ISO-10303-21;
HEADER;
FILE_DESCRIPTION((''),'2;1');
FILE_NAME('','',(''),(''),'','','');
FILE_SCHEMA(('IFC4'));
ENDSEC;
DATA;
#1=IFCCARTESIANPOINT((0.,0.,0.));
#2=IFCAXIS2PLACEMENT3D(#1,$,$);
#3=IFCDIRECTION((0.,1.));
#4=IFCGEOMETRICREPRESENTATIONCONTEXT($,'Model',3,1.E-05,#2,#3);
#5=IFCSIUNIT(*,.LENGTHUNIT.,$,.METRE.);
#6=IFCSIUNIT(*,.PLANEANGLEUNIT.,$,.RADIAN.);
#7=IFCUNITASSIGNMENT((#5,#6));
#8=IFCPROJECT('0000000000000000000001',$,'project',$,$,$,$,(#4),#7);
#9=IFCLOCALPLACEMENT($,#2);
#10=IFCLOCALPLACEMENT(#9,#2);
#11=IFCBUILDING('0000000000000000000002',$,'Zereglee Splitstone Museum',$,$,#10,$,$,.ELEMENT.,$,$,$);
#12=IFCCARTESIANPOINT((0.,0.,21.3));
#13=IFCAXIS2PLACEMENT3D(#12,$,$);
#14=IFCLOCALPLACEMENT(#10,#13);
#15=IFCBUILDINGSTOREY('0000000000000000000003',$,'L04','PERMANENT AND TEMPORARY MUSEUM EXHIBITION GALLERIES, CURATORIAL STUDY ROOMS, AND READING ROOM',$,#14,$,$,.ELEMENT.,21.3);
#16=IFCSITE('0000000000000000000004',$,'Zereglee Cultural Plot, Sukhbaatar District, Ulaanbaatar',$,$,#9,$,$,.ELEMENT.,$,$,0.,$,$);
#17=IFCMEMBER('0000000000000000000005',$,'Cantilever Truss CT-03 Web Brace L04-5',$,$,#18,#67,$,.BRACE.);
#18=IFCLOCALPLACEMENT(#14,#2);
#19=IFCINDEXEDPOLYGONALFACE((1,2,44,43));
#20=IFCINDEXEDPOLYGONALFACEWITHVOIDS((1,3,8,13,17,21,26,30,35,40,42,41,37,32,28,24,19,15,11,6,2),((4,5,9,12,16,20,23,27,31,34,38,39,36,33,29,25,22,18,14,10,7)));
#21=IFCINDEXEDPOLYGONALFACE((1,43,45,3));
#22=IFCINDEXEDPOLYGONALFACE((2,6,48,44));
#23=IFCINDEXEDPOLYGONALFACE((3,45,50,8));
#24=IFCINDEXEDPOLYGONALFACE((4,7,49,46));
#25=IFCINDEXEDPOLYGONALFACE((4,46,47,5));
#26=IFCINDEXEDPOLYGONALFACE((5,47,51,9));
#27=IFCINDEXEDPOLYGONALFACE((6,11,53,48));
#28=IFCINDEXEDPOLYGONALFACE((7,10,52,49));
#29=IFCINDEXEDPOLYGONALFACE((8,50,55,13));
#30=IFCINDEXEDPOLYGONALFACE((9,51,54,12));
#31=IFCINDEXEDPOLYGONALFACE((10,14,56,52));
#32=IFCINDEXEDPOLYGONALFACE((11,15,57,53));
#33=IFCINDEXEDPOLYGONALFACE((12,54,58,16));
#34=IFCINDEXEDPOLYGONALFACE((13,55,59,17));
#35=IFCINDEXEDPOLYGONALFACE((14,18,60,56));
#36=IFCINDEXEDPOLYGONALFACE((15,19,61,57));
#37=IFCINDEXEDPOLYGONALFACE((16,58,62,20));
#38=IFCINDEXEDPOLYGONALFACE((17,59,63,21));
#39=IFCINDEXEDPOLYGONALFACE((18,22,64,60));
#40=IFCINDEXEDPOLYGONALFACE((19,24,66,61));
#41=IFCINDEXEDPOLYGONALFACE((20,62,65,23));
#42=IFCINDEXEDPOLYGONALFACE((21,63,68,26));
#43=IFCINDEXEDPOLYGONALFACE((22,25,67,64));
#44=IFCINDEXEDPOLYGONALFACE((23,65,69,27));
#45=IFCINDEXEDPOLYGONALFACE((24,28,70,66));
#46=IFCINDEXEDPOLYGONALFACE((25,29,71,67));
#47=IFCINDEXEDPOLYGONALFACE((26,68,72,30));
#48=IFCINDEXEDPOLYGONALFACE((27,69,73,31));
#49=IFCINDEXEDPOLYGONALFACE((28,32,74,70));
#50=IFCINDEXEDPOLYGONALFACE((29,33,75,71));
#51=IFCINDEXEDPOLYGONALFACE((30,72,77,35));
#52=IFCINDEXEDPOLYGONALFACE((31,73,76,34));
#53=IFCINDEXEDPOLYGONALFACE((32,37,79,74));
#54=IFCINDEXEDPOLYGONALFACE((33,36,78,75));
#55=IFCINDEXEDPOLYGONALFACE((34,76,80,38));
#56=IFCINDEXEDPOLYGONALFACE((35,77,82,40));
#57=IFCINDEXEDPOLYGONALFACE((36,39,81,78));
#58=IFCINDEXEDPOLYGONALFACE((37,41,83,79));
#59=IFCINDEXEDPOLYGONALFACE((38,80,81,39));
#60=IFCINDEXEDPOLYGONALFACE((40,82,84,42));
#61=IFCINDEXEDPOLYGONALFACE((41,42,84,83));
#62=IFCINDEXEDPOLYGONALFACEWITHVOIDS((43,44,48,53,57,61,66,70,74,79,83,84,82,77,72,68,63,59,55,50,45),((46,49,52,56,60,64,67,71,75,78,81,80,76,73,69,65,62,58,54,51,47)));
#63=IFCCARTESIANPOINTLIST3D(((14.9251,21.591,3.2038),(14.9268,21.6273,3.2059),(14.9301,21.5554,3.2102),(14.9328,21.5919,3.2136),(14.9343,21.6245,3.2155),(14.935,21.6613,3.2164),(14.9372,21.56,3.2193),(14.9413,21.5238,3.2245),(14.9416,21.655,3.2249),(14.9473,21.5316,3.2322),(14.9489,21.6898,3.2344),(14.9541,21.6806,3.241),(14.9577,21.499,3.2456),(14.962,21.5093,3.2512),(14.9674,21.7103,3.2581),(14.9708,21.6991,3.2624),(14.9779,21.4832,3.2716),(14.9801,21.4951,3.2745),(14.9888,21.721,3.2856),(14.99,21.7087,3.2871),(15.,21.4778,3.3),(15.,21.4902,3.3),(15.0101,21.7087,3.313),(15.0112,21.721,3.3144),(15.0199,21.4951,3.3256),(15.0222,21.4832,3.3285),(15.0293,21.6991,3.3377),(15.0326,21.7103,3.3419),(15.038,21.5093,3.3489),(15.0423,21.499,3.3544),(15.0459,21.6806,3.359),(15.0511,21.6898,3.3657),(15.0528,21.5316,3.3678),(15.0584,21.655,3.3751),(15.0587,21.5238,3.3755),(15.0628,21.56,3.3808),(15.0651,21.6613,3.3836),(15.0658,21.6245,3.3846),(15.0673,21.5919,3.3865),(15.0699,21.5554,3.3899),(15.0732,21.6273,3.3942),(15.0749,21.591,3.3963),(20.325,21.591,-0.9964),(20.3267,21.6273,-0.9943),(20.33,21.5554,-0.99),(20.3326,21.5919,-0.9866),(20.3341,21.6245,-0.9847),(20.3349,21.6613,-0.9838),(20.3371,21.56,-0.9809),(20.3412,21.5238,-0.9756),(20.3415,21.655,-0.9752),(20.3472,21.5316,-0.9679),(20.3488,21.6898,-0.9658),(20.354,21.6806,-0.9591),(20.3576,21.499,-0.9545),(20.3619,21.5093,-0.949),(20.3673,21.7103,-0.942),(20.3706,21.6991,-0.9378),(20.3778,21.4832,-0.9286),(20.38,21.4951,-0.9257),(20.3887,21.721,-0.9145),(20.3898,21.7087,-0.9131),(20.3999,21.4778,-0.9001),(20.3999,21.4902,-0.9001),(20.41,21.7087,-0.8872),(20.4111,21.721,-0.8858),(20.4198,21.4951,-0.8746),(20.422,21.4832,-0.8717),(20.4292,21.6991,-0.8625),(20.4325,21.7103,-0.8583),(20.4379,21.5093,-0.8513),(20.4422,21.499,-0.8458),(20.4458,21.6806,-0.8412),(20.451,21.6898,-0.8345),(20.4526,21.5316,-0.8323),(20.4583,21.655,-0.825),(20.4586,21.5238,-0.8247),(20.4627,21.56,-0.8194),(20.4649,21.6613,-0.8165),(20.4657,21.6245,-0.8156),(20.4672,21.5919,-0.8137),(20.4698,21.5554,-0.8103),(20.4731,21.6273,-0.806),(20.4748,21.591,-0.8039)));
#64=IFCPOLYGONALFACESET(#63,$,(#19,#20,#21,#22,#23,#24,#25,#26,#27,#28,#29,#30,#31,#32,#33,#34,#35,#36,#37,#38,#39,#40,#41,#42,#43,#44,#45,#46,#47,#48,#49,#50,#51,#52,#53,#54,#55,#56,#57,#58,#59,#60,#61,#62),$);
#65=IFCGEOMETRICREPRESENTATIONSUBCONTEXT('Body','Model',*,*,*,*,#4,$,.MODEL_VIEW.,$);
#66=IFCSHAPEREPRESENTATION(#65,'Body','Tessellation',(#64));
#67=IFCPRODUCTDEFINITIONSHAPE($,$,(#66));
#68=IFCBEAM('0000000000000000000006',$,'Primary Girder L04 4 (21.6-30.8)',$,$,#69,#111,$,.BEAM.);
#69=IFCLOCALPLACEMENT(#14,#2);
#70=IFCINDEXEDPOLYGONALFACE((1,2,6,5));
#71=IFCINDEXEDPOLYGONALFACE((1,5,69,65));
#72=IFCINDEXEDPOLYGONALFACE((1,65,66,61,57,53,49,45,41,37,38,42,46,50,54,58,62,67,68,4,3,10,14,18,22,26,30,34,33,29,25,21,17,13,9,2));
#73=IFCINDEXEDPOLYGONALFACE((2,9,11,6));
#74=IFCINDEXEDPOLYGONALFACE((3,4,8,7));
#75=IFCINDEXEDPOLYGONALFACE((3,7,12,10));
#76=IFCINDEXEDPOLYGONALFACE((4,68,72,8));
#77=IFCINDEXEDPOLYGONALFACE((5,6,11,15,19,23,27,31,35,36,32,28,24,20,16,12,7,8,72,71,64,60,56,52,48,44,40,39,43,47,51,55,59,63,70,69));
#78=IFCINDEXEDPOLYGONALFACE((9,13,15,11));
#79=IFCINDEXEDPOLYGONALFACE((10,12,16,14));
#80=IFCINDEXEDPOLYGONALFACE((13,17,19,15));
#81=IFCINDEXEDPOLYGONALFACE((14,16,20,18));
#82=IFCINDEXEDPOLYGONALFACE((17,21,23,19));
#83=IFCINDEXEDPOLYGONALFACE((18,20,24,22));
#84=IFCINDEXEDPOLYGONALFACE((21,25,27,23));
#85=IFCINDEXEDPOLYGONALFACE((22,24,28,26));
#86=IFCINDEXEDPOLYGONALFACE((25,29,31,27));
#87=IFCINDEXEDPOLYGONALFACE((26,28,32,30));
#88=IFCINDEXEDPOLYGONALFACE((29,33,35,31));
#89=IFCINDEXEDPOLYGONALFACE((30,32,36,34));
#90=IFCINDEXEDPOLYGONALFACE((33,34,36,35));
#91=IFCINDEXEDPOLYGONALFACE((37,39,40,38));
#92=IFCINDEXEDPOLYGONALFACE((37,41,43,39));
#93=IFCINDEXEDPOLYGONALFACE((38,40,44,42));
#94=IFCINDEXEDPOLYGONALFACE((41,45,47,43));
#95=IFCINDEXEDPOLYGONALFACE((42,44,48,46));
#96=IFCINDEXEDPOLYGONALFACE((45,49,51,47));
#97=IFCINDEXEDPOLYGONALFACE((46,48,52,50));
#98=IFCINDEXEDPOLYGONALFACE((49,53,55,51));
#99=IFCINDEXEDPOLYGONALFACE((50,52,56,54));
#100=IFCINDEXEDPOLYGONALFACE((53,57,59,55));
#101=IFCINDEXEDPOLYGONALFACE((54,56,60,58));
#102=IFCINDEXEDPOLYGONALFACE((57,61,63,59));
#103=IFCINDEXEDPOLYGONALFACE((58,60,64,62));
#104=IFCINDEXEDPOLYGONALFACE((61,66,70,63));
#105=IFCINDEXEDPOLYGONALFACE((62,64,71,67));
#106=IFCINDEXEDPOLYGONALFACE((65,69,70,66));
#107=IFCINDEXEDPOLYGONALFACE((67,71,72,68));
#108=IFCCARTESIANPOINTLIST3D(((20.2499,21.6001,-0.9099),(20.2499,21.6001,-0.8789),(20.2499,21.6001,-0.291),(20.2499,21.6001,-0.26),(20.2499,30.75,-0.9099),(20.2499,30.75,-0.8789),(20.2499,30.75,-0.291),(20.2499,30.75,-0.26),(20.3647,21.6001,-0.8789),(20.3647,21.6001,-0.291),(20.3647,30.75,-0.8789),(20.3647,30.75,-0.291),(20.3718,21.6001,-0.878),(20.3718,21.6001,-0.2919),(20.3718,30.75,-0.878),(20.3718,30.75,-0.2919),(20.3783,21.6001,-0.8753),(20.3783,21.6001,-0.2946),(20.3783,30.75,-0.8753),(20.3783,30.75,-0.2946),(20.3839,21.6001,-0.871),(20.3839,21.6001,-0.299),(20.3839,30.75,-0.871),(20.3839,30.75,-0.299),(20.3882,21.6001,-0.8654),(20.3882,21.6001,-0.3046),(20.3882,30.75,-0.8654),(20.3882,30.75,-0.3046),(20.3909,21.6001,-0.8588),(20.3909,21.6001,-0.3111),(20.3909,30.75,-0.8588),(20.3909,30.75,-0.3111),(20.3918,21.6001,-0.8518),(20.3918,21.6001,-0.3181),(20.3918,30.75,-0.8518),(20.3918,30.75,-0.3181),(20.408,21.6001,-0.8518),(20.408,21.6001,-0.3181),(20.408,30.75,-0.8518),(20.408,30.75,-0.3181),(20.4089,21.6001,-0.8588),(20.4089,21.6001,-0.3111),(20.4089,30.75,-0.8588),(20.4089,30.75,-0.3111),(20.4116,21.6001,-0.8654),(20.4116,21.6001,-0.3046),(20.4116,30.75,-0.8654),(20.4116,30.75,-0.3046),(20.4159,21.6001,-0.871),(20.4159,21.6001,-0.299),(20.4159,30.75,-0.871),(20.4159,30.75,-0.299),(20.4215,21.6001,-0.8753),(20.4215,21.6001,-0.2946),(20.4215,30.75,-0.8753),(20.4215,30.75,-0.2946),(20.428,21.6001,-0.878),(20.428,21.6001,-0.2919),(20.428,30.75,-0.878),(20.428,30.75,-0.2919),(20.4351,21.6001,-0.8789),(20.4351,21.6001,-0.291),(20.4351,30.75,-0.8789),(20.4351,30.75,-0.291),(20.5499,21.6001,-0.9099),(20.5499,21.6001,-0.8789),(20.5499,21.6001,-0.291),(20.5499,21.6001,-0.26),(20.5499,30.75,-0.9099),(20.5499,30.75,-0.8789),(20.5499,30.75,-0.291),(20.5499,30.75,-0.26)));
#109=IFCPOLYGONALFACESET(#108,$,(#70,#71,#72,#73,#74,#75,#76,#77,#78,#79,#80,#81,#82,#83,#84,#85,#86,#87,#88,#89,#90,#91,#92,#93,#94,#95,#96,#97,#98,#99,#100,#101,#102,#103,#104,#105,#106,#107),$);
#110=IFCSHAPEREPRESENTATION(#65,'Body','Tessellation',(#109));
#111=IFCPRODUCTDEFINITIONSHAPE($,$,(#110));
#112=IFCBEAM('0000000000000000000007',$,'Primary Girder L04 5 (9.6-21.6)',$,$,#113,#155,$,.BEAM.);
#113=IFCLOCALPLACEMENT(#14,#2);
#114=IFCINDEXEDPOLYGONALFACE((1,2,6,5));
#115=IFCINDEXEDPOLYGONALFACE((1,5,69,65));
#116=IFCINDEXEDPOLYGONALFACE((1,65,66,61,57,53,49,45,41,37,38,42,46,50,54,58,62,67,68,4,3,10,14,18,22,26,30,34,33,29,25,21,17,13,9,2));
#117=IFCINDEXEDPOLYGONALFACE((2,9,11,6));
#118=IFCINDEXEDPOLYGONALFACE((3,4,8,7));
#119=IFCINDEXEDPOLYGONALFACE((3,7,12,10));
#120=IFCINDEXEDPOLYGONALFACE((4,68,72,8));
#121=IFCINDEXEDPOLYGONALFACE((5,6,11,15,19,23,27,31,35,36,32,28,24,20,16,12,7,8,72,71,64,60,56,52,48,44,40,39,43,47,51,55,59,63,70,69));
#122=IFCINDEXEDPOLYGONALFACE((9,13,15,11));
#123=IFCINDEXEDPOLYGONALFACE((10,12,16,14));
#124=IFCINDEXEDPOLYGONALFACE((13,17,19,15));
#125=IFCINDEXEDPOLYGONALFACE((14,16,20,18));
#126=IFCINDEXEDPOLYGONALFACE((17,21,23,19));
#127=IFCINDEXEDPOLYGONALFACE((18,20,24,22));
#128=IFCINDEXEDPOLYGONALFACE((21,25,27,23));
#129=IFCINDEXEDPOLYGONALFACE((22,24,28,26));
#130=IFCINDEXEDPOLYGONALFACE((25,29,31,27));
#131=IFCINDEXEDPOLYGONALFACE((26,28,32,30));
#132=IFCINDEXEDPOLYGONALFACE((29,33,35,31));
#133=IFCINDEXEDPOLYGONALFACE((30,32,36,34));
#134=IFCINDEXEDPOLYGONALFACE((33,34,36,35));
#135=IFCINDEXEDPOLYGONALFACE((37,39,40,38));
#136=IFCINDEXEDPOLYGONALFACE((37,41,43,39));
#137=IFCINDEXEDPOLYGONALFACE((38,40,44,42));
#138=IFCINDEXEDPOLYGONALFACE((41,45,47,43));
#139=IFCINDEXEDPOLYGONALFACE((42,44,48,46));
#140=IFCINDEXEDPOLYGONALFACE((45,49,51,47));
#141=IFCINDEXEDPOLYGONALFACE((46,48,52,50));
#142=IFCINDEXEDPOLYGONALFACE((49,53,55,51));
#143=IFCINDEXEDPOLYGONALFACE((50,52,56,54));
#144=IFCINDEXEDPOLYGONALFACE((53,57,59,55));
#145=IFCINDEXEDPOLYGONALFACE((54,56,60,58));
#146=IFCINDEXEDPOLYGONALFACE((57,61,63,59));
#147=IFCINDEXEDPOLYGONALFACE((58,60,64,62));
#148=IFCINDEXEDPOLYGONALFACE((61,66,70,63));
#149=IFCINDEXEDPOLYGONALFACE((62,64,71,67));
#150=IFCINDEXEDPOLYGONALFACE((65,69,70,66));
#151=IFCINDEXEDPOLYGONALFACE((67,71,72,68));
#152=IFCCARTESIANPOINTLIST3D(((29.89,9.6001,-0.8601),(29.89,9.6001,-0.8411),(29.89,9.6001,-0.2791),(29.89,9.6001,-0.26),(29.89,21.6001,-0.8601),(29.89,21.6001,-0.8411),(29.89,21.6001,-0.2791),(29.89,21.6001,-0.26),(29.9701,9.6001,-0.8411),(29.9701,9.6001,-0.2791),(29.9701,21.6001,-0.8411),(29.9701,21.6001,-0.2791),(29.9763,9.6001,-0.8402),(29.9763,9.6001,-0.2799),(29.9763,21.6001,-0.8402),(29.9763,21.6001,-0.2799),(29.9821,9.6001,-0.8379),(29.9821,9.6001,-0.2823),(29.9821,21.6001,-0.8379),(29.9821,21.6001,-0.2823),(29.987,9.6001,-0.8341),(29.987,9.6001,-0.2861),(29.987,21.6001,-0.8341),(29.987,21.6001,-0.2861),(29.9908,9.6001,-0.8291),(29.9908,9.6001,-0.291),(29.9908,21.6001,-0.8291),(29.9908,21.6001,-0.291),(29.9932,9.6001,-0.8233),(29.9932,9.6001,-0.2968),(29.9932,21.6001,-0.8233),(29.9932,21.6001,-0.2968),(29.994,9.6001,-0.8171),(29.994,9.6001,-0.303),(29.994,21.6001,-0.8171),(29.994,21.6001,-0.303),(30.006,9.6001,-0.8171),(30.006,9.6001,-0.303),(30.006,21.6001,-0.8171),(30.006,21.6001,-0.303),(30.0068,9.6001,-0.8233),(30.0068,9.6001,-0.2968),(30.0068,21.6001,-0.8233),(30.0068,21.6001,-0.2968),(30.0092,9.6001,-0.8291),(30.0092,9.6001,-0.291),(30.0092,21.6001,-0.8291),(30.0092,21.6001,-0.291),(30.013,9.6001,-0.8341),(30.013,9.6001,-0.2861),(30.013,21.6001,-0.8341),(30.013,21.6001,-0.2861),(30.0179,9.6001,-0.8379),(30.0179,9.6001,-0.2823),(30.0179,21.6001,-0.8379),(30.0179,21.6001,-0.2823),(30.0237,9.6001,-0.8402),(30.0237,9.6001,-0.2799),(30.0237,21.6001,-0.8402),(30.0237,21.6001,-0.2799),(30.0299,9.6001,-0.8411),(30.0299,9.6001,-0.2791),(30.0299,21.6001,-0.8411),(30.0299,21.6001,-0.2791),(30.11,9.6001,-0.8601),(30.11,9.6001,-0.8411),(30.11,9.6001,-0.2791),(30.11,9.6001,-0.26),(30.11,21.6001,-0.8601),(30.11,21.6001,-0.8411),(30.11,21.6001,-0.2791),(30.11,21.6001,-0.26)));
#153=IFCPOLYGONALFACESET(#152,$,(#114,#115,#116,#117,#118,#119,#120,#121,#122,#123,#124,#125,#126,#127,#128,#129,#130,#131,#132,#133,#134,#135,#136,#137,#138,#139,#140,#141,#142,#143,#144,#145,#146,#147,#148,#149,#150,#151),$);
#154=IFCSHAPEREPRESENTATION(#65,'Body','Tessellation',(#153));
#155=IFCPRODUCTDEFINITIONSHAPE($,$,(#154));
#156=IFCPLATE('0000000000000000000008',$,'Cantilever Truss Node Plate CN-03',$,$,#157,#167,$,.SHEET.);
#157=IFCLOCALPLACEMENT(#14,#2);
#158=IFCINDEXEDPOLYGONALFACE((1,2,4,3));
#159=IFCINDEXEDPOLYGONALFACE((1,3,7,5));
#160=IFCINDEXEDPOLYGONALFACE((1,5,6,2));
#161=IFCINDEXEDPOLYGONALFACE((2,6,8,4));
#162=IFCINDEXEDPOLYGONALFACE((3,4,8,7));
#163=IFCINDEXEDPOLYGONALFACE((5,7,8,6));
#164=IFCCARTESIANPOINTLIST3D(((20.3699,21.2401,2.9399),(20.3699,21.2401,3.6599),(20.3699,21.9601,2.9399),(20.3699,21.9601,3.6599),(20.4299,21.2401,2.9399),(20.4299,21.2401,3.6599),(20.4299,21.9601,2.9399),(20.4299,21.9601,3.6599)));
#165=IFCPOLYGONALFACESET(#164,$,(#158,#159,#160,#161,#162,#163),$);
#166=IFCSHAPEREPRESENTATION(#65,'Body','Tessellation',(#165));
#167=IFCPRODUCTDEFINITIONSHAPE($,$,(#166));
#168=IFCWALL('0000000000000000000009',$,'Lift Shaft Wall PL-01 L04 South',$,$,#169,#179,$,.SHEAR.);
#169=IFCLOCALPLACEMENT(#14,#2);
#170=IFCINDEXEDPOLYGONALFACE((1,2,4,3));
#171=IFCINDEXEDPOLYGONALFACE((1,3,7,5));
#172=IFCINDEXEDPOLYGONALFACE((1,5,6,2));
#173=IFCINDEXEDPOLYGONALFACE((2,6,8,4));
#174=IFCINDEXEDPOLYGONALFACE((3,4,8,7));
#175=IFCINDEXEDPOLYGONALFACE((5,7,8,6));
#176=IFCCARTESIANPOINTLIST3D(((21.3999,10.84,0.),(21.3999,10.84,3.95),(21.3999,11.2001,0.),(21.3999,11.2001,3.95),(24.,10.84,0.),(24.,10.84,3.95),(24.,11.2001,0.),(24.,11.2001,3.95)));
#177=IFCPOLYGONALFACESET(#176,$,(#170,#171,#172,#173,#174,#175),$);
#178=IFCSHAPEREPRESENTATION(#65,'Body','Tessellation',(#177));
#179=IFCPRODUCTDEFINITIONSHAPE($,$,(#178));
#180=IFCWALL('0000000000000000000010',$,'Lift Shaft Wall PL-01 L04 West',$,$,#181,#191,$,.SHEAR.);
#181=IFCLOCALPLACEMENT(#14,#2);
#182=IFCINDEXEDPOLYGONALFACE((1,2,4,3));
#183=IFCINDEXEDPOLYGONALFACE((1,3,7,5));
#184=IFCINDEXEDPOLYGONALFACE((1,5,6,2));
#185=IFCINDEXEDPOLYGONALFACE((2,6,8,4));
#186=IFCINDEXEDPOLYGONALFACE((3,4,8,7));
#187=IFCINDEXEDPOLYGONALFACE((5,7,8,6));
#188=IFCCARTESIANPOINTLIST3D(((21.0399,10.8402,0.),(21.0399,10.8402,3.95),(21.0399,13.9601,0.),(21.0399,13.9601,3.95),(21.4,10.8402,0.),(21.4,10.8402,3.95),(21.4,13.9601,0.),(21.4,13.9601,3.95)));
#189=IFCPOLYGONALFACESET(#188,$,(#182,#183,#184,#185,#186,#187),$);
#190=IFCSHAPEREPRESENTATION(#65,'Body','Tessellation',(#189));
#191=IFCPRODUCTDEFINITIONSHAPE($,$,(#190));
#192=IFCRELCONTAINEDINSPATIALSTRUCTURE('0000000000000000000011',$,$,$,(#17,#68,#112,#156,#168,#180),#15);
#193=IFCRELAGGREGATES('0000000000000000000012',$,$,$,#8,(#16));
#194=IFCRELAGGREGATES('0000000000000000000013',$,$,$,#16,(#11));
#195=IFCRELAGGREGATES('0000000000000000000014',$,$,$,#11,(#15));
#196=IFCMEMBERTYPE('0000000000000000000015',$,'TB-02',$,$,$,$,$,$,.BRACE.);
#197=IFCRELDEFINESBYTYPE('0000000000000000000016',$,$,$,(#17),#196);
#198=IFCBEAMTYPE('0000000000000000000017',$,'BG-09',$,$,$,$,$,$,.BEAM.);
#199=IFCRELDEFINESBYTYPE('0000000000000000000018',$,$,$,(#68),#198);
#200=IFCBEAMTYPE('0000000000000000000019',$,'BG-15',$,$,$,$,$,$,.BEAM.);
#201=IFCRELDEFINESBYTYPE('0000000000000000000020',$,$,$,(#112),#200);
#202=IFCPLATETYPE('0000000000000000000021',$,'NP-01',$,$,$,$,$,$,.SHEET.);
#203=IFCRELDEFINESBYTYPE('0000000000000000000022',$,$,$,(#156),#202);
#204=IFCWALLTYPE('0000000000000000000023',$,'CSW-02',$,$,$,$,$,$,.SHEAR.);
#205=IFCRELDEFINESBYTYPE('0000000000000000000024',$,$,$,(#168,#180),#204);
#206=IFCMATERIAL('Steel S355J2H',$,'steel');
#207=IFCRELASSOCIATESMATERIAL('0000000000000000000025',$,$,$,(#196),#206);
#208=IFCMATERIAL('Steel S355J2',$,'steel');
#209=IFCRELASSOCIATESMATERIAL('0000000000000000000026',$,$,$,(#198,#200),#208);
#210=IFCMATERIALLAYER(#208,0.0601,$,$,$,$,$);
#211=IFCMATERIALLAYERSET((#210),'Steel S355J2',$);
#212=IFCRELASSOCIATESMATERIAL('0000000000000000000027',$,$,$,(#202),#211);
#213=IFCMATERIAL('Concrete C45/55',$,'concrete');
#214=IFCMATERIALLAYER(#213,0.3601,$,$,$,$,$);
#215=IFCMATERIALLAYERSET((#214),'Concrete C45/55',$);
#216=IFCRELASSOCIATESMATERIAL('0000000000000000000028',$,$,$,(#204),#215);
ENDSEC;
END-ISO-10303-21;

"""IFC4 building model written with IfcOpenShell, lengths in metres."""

from ifc_helpers import new_model, si_unit, direction, frame, frame_2d, origin, origin_2d, place, context, subcontext, project, spatial, rectangle, hollow_circle, i_section, extrude, material, layer, layer_set, material_profile, profile_set, type_object, element, save


model = new_model("IFC4")

# Units and contexts
model_context = context("Model", 3, precision=1e-05, world=origin(), true_north=direction((0.0, 1.0)))
body_context = subcontext(model_context, "Body", "Model", "MODEL_VIEW")
ifc_project = project(units=[si_unit("LENGTHUNIT", "METRE"), si_unit("PLANEANGLEUNIT", "RADIAN")], contexts=[model_context])

# Site, building, storey
site_placement = place(None, origin())
site = spatial("IfcSite", under=ifc_project, at=site_placement, Name="Zereglee Cultural Plot, Sukhbaatar District, Ulaanbaatar", CompositionType="ELEMENT", RefElevation=0.0)
building_placement = place(site_placement, origin())
building = spatial("IfcBuilding", under=site, at=building_placement, Name="Zereglee Splitstone Museum", CompositionType="ELEMENT")
storey_placement = place(building_placement, frame((0.0, 0.0, 21.3)))
storey = spatial("IfcBuildingStorey", under=building, at=storey_placement, Name="L04", Description="PERMANENT AND TEMPORARY MUSEUM EXHIBITION GALLERIES, CURATORIAL STUDY ROOMS, AND READING ROOM", CompositionType="ELEMENT", Elevation=21.3)

# Member
ifc_material_1 = material(Name="Steel S355J2H", Category="steel")
ifc_material_profile_1 = material_profile(ifc_material_1, hollow_circle(Radius=0.1223, WallThickness=0.0125, at=origin_2d()), Name="CHS 244.5x12.5")
ifc_profile_set_1 = profile_set([ifc_material_profile_1], Name="Steel S355J2H")
member_type = type_object("IfcMemberType", Name="TB-02", PredefinedType="BRACE", material=ifc_profile_set_1)
member_placement = place(storey_placement, frame((20.3999, 21.6001, -0.9001), z_axis=(-0.789333, 0.0, 0.613965), x_axis=(0.0, -1.0, 0.0)))
element("IfcMember", 1, at=member_placement, inside=storey, type_object=member_type, Name="Cantilever Truss CT-03 Web Brace L04-5", PredefinedType="BRACE", context=body_context, shape_type="SweptSolid", body=[
    extrude(hollow_circle(Radius=0.1223, WallThickness=0.0125, at=origin_2d()), origin(), (0.0, 0.0, 1.0), 6.8411),
])

# Beams
ifc_material_2 = material(Name="Steel S355J2", Category="steel")
ifc_material_profile_2 = material_profile(ifc_material_2, i_section(OverallWidth=0.3, OverallDepth=0.6499, WebThickness=0.0161, FlangeThickness=0.031, FilletRadius=0.0271, at=origin_2d()), Name="HE 650 B")
ifc_profile_set_2 = profile_set([ifc_material_profile_2], Name="Steel S355J2")
beam_type_1 = type_object("IfcBeamType", Name="BG-09", PredefinedType="BEAM", material=ifc_profile_set_2)
beam_1_placement = place(storey_placement, frame((20.3999, 21.6001, -0.585), z_axis=(0.0, 1.0, 0.0), x_axis=(-1.0, 0.0, 0.0)))
element("IfcBeam", 2, at=beam_1_placement, inside=storey, type_object=beam_type_1, Name="Primary Girder L04 4 (21.6-30.8)", PredefinedType="BEAM", context=body_context, shape_type="SweptSolid", body=[
    extrude(i_section(OverallWidth=0.3, OverallDepth=0.6499, WebThickness=0.0161, FlangeThickness=0.031, FilletRadius=0.0271, at=origin_2d()), origin(), (0.0, 0.0, 1.0), 9.1499),
])
ifc_material_profile_3 = material_profile(ifc_material_2, i_section(OverallWidth=0.22, OverallDepth=0.6001, WebThickness=0.012, FlangeThickness=0.019, FilletRadius=0.0239, at=origin_2d()), Name="IPE 600")
ifc_profile_set_3 = profile_set([ifc_material_profile_3], Name="Steel S355J2")
beam_type_2 = type_object("IfcBeamType", Name="BG-15", PredefinedType="BEAM", material=ifc_profile_set_3)
beam_2_placement = place(storey_placement, frame((30.0, 9.6001, -0.5601), z_axis=(0.0, 1.0, 0.0), x_axis=(-1.0, 0.0, 0.0)))
element("IfcBeam", 3, at=beam_2_placement, inside=storey, type_object=beam_type_2, Name="Primary Girder L04 5 (9.6-21.6)", PredefinedType="BEAM", context=body_context, shape_type="SweptSolid", body=[
    extrude(i_section(OverallWidth=0.22, OverallDepth=0.6001, WebThickness=0.012, FlangeThickness=0.019, FilletRadius=0.0239, at=origin_2d()), origin(), (0.0, 0.0, 1.0), 12.0),
])

# Plate
ifc_layer_1 = layer(ifc_material_2, 0.0601)
ifc_layer_set_1 = layer_set([ifc_layer_1], Name="Steel S355J2")
plate_type = type_object("IfcPlateType", Name="NP-01", PredefinedType="SHEET", material=ifc_layer_set_1)
plate_placement = place(storey_placement, frame((20.3999, 21.6001, 2.9399), z_axis=(0.0, 0.0, 1.0), x_axis=(1.0, 0.0, 0.0)))
element("IfcPlate", 4, at=plate_placement, inside=storey, type_object=plate_type, Name="Cantilever Truss Node Plate CN-03", PredefinedType="SHEET", context=body_context, shape_type="SweptSolid", body=[
    extrude(rectangle(XDim=0.0601, YDim=0.72, at=origin_2d()), origin(), (0.0, 0.0, 1.0), 0.72),
])

# Shared definitions
ifc_material_3 = material(Name="Concrete C45/55", Category="concrete")
ifc_layer_2 = layer(ifc_material_3, 0.3601)
ifc_layer_set_2 = layer_set([ifc_layer_2], Name="Concrete C45/55")
wall_type_1 = type_object("IfcWallType", Name="CSW-02", PredefinedType="SHEAR", material=ifc_layer_set_2)

# Walls
wall_1_placement = place(storey_placement, frame((21.3999, 11.02, 0.0), z_axis=(0.0, 0.0, 1.0), x_axis=(1.0, 0.0, 0.0)))
element("IfcWall", 5, at=wall_1_placement, inside=storey, type_object=wall_type_1, Name="Lift Shaft Wall PL-01 L04 South", PredefinedType="SHEAR", context=body_context, shape_type="SweptSolid", body=[
    extrude(rectangle(XDim=2.6001, YDim=0.3601, at=frame_2d((1.3, 0.0))), origin(), (0.0, 0.0, 1.0), 3.95),
])
for number, where, z_axis, x_axis, name in (
    (6, (21.22, 10.8401, 0.0), (0.0, 0.0, 1.0), (0.0, 1.0, 0.0), "Lift Shaft Wall PL-01 L04 West"),
):
    element("IfcWall", number, at=place(storey_placement, frame(where, z_axis=z_axis, x_axis=x_axis)), inside=storey, type_object=wall_type_1, Name=name, PredefinedType="SHEAR", context=body_context, shape_type="SweptSolid", body=[
        extrude(rectangle(XDim=3.1199, YDim=0.3601, at=frame_2d((1.5601, 0.0))), origin(), (0.0, 0.0, 1.0), 3.95),
    ])

save(model, "model.ifc")
